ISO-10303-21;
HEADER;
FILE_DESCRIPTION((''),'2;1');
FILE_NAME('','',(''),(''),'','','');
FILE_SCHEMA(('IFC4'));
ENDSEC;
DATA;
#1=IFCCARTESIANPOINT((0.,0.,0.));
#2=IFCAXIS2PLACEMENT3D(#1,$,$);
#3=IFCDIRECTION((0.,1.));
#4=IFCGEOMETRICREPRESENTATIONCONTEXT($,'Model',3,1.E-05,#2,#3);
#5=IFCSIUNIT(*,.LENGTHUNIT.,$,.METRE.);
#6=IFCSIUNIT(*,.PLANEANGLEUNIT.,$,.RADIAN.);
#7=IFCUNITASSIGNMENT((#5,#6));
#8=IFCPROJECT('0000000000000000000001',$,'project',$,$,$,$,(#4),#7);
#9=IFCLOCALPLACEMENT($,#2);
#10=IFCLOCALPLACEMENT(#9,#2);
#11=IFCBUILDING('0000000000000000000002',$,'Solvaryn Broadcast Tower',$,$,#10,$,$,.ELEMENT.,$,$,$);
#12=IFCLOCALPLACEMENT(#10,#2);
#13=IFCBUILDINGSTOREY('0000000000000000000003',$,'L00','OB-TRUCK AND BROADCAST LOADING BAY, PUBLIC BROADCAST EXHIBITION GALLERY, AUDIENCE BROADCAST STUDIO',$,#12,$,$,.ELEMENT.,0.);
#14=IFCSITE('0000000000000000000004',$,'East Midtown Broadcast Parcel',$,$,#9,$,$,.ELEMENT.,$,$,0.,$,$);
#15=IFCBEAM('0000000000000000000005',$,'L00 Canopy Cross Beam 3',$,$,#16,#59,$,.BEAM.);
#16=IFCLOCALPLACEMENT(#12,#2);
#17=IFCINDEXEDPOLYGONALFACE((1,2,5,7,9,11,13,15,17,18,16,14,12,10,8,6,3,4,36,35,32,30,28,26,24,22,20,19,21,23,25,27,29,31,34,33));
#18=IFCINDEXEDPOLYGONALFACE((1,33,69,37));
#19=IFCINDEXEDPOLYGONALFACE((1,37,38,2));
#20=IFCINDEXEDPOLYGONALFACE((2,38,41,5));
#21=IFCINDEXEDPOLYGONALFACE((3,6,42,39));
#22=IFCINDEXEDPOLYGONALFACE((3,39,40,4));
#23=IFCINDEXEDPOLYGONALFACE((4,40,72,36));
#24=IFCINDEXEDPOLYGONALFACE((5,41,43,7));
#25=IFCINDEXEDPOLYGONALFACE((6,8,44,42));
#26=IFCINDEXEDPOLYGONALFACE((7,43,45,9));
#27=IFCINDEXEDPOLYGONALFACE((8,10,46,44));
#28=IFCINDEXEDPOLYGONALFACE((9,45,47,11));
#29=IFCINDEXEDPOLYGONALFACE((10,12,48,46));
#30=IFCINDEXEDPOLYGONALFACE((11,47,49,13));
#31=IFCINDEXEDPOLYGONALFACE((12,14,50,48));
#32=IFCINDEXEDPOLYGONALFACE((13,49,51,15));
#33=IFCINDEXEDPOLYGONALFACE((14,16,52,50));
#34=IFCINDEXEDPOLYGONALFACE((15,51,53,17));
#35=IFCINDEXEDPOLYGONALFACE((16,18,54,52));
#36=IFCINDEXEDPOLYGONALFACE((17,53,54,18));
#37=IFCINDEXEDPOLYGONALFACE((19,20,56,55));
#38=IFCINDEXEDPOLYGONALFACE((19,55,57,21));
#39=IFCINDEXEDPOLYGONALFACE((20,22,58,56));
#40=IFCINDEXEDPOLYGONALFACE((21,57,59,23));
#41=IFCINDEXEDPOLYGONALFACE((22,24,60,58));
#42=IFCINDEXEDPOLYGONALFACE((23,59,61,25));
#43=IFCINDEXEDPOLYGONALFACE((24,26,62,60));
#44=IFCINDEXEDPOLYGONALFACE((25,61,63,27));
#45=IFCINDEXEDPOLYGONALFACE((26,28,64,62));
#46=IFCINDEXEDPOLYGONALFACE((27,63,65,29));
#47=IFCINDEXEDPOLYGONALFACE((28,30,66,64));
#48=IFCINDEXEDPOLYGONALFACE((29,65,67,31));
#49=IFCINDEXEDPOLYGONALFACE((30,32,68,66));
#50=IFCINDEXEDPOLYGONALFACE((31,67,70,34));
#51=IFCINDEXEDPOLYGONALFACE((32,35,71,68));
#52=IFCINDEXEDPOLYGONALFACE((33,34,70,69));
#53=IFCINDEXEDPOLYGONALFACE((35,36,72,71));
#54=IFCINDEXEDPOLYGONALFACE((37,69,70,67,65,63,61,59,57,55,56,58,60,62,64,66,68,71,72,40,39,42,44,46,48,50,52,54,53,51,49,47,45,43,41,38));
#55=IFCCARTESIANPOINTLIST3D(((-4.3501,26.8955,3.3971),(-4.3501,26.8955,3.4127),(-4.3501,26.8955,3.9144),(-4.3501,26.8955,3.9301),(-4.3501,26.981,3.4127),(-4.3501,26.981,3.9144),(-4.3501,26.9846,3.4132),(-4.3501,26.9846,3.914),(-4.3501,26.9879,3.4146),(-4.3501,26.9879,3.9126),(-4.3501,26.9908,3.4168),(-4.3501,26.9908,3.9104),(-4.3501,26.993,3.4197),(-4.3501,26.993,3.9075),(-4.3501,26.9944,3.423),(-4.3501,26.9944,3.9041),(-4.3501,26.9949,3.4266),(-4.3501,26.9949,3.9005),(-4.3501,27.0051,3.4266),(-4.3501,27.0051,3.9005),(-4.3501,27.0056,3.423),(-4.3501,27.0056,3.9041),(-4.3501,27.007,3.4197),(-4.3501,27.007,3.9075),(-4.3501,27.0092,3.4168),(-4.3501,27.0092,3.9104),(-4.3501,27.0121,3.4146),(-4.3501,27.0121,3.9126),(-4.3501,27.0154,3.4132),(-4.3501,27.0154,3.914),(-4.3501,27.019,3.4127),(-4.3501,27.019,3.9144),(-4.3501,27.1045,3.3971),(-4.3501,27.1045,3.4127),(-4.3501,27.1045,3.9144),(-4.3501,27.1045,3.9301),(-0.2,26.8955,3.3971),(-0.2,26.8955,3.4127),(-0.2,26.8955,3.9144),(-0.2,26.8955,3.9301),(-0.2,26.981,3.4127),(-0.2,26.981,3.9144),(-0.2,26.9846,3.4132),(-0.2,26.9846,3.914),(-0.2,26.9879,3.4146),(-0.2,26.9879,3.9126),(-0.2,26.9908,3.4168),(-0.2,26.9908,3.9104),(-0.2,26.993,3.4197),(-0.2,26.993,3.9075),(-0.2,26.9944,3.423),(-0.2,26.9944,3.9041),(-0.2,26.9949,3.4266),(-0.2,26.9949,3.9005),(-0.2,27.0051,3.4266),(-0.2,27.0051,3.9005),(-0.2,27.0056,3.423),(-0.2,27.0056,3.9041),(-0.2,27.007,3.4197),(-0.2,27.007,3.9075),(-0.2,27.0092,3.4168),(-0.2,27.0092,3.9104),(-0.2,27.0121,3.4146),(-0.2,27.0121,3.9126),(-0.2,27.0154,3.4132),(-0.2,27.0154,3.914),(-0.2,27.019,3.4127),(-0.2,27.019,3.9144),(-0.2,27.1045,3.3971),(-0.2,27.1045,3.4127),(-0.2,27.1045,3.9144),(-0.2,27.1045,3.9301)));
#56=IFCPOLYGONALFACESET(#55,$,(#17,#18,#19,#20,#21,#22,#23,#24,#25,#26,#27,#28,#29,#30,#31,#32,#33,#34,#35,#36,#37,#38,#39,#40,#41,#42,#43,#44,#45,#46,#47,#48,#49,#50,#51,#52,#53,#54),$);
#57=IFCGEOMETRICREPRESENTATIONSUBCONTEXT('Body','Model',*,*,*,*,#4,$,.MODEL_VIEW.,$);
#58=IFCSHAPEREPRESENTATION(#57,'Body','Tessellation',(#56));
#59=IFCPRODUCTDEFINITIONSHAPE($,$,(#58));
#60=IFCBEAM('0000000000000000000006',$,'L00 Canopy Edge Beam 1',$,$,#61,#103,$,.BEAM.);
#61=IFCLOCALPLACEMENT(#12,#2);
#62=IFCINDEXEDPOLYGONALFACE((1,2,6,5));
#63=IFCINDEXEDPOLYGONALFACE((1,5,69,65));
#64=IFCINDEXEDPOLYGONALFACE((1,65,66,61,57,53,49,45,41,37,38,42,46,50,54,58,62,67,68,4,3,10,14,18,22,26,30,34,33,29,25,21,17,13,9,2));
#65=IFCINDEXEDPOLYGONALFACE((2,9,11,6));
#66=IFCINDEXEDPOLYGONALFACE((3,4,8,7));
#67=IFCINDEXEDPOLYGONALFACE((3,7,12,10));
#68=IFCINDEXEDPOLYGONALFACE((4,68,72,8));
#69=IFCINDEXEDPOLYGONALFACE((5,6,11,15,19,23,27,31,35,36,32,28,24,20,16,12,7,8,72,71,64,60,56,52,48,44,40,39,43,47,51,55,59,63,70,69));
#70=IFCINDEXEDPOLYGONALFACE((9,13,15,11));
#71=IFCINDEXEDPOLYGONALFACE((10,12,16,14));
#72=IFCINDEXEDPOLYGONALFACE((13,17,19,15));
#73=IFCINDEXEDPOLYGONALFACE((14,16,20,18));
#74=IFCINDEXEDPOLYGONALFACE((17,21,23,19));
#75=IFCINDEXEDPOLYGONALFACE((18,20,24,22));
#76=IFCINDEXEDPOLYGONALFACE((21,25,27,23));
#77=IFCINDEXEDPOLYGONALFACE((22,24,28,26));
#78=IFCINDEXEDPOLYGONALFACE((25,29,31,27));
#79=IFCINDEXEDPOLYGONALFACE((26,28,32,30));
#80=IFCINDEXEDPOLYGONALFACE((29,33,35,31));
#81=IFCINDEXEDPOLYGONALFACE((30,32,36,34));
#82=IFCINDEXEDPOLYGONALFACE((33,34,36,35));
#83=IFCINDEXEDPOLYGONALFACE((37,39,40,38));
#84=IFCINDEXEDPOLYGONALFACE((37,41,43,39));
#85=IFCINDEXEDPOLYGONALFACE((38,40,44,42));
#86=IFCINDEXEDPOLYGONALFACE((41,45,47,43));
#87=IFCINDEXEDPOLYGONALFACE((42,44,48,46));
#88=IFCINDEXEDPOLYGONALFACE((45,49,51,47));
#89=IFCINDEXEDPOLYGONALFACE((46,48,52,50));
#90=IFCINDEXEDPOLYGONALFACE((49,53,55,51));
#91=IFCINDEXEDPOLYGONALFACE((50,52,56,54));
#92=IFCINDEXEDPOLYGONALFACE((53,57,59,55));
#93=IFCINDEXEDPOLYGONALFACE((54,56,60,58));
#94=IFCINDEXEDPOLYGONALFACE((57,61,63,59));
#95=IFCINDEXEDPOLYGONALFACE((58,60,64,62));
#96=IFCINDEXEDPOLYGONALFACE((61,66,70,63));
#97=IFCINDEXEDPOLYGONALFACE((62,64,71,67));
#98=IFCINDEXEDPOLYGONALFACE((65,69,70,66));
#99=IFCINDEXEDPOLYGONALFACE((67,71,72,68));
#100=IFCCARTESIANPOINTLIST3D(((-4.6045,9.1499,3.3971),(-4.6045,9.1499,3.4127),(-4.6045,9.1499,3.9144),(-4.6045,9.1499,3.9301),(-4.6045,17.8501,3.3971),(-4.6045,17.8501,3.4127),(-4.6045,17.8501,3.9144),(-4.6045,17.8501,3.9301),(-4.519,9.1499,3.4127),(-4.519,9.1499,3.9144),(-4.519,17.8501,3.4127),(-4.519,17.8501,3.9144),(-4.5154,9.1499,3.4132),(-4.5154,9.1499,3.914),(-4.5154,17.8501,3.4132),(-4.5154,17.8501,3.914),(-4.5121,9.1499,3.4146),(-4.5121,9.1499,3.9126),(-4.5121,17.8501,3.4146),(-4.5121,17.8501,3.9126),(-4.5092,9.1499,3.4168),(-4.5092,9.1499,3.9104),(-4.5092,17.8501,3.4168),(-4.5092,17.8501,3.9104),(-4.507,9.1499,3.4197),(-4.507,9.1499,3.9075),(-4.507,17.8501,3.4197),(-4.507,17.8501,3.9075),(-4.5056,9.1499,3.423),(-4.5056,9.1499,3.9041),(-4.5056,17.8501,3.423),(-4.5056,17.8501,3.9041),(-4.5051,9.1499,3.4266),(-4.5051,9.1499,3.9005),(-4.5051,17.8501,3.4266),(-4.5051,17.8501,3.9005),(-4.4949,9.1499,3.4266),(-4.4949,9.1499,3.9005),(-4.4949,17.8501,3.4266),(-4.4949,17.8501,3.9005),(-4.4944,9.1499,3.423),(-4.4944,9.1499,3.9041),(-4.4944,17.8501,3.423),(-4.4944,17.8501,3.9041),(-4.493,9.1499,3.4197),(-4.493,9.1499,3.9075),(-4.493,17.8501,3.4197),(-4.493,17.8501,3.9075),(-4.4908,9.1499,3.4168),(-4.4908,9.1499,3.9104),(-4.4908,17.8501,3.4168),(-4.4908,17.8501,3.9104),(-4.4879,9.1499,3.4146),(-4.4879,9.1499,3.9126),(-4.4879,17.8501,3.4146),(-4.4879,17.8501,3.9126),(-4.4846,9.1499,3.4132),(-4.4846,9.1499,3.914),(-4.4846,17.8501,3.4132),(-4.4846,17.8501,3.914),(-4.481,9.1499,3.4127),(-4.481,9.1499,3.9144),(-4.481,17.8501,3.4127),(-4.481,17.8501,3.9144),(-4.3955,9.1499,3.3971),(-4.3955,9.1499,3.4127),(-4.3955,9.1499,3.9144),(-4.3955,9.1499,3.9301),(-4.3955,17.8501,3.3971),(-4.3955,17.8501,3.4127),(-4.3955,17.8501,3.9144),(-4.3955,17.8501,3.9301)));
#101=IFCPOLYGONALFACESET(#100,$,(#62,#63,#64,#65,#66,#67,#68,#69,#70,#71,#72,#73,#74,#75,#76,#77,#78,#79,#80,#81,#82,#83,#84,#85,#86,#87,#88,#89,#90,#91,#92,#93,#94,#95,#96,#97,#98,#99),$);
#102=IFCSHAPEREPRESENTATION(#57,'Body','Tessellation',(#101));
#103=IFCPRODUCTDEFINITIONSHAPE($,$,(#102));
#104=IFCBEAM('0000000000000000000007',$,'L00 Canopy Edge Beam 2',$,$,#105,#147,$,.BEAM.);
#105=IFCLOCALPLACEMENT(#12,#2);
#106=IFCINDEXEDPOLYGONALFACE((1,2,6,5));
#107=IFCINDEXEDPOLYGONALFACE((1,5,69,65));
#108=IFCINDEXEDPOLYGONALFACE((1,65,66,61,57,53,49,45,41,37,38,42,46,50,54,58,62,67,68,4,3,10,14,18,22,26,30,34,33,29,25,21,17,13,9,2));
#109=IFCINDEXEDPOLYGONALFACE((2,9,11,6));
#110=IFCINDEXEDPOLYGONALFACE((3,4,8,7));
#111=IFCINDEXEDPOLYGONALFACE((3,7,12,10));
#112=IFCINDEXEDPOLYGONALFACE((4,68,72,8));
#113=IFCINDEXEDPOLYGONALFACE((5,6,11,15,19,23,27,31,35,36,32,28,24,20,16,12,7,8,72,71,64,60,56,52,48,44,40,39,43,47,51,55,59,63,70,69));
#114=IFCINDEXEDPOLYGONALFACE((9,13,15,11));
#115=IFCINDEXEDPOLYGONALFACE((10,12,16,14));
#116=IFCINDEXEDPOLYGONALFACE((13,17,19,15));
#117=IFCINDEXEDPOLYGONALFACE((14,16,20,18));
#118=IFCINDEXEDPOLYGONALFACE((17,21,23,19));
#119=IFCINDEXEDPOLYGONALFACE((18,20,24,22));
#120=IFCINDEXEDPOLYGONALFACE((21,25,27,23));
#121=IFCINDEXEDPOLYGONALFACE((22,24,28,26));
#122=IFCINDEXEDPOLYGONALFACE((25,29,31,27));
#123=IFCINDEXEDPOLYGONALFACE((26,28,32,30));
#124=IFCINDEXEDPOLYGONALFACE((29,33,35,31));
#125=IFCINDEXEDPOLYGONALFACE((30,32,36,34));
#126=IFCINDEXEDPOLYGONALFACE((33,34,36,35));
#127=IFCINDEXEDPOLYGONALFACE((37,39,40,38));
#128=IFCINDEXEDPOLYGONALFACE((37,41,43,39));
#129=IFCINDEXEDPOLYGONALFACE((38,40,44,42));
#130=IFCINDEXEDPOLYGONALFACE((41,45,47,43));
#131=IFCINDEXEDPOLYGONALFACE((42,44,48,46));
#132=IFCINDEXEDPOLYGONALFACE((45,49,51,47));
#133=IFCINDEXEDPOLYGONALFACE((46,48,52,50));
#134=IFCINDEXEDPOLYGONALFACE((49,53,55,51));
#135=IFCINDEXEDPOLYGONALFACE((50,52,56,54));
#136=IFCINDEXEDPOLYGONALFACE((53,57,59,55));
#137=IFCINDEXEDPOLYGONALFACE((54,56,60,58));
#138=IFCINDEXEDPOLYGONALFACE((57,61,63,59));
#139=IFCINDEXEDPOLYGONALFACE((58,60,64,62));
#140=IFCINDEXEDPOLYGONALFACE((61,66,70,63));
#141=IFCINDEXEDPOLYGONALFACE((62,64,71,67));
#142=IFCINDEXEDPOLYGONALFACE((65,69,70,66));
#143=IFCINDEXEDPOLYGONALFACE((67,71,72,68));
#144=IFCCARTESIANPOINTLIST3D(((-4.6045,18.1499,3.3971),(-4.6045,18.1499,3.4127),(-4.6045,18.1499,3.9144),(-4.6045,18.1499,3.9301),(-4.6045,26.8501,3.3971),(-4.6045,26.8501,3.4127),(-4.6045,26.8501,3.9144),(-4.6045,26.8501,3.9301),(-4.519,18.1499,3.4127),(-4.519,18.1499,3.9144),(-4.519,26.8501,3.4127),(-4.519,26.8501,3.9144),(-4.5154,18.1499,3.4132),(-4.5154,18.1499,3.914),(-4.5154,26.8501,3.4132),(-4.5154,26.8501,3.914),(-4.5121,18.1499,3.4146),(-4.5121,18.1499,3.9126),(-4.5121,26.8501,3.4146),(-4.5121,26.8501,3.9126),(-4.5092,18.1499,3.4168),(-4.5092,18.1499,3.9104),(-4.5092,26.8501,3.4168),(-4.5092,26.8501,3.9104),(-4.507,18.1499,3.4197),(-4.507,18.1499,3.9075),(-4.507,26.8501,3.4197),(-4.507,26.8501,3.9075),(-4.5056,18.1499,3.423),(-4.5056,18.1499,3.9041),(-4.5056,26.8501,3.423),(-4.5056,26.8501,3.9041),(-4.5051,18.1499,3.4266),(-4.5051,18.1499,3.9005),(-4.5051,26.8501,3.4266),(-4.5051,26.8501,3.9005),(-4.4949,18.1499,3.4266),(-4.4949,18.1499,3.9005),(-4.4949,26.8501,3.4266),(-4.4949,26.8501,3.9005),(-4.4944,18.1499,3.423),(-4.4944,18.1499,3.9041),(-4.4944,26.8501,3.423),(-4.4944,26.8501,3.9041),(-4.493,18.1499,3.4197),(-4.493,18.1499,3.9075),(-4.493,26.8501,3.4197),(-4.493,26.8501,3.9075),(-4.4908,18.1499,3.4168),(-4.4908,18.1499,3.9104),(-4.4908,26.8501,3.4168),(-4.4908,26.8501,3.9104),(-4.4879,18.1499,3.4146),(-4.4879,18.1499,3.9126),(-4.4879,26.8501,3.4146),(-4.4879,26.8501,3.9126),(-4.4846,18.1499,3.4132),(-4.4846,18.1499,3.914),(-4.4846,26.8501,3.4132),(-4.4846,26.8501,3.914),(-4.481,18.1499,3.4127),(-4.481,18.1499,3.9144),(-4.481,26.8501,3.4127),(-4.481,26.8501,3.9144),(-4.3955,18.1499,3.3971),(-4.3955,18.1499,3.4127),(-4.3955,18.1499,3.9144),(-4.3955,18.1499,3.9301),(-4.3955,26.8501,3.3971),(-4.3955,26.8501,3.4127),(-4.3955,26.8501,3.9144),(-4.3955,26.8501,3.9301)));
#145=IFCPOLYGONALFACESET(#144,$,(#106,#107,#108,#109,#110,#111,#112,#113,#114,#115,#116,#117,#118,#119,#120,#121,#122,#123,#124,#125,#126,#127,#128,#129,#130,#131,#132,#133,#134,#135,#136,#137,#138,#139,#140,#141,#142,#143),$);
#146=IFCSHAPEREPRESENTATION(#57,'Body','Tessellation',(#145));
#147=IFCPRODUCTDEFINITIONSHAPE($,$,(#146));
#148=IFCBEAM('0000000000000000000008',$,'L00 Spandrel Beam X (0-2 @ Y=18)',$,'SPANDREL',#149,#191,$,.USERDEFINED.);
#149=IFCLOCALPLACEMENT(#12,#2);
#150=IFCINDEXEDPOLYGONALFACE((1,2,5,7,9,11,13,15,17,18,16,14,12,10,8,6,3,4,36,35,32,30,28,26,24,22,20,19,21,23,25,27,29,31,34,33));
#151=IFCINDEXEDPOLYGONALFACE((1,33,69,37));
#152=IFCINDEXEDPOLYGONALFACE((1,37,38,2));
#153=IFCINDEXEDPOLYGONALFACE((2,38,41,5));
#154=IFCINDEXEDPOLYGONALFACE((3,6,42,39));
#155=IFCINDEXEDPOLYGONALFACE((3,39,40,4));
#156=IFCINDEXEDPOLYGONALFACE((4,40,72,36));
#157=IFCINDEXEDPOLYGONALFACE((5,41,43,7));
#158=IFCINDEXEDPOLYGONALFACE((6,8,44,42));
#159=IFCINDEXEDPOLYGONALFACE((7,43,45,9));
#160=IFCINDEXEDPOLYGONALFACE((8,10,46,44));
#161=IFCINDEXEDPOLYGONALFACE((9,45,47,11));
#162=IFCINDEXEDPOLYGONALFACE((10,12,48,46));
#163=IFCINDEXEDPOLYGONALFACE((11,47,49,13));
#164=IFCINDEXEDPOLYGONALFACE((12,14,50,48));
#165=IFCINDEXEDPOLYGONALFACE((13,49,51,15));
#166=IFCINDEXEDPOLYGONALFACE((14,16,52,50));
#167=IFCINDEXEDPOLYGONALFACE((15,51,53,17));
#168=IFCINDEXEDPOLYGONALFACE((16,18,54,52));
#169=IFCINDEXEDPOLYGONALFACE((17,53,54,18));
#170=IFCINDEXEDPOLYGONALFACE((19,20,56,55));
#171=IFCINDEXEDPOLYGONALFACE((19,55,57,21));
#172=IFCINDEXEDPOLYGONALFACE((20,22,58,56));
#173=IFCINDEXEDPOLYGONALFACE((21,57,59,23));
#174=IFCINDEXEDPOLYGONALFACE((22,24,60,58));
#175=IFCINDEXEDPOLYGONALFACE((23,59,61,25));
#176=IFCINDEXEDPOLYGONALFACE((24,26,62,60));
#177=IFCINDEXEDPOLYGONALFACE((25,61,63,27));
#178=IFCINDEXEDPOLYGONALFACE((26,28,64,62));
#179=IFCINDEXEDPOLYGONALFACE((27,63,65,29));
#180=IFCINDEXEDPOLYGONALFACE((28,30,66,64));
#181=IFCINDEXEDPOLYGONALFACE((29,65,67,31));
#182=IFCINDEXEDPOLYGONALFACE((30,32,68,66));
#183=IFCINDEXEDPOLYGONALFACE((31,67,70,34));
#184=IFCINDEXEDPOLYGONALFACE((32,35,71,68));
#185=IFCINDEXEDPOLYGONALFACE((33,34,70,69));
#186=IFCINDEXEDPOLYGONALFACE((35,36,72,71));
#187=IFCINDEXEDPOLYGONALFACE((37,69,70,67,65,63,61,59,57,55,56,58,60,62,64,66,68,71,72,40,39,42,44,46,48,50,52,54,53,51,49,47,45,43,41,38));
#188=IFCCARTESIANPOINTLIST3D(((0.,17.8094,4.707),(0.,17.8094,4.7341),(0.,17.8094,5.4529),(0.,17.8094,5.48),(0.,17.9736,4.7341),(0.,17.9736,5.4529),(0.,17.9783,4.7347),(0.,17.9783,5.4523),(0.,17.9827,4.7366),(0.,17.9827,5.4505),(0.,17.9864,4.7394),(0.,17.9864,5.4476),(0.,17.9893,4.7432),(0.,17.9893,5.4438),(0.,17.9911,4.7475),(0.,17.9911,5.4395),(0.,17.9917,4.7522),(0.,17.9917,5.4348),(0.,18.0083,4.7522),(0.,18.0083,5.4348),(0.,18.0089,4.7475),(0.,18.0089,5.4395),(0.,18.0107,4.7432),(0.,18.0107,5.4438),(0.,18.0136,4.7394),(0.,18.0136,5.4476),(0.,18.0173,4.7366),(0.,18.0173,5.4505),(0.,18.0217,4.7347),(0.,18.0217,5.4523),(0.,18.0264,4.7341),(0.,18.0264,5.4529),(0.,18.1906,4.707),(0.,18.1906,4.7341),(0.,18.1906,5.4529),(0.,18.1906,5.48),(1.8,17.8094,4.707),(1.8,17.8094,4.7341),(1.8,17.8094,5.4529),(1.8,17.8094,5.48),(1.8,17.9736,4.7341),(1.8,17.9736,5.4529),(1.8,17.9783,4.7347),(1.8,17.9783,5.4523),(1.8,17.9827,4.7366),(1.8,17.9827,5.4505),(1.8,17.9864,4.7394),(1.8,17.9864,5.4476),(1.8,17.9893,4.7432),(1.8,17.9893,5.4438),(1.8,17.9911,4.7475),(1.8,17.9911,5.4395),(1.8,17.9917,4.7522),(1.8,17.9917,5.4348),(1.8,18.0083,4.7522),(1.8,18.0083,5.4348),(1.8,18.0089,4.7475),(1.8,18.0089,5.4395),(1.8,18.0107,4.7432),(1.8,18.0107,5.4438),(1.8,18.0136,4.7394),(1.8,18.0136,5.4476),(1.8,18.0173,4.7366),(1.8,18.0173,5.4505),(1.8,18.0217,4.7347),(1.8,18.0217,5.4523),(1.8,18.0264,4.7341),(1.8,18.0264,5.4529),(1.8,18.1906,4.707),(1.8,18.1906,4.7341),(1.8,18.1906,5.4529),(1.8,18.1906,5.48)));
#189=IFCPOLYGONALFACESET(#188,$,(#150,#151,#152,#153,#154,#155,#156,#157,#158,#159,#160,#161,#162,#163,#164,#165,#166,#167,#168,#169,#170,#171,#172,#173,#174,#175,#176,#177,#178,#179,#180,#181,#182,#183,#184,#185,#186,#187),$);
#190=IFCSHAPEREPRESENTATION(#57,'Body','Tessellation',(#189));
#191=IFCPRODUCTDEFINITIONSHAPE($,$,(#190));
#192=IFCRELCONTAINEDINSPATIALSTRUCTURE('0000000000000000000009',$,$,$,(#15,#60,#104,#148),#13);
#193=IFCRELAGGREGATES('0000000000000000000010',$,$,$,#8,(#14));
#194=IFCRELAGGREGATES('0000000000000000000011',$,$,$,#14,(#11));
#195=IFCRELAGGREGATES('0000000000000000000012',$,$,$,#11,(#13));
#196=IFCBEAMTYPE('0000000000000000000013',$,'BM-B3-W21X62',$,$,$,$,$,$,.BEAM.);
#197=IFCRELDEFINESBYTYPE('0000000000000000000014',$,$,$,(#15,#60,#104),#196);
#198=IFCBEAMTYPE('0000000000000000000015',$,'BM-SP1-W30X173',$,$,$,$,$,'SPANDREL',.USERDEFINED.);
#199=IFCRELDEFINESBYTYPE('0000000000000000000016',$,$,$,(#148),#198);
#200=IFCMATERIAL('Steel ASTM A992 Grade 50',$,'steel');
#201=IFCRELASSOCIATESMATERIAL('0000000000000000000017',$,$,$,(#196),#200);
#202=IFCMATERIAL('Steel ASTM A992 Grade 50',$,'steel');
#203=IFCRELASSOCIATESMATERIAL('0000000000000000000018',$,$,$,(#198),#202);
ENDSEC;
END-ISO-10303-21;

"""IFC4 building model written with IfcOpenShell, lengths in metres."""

from ifc_helpers import new_model, si_unit, direction, frame, origin, origin_2d, place, context, subcontext, project, spatial, i_section, extrude, material, material_profile, profile_set, type_object, element, save


model = new_model("IFC4")

# Units and contexts
model_context = context("Model", 3, precision=1e-05, world=origin(), true_north=direction((0.0, 1.0)))
body_context = subcontext(model_context, "Body", "Model", "MODEL_VIEW")
ifc_project = project(units=[si_unit("LENGTHUNIT", "METRE"), si_unit("PLANEANGLEUNIT", "RADIAN")], contexts=[model_context])

# Site, building, storey
site_placement = place(None, origin())
site = spatial("IfcSite", under=ifc_project, at=site_placement, Name="East Midtown Broadcast Parcel", CompositionType="ELEMENT", RefElevation=0.0)
building_placement = place(site_placement, origin())
building = spatial("IfcBuilding", under=site, at=building_placement, Name="Solvaryn Broadcast Tower", CompositionType="ELEMENT")
storey_placement = place(building_placement, origin())
storey = spatial("IfcBuildingStorey", under=building, at=storey_placement, Name="L00", Description="OB-TRUCK AND BROADCAST LOADING BAY, PUBLIC BROADCAST EXHIBITION GALLERY, AUDIENCE BROADCAST STUDIO", CompositionType="ELEMENT", Elevation=0.0)

# Beams
ifc_material_1 = material(Name="Steel ASTM A992 Grade 50", Category="steel")
ifc_material_profile_1 = material_profile(ifc_material_1, i_section(OverallWidth=0.209, OverallDepth=0.533, WebThickness=0.0103, FlangeThickness=0.0156, FilletRadius=0.0139, at=origin_2d()))
ifc_profile_set_1 = profile_set([ifc_material_profile_1], Name="Steel ASTM A992 Grade 50")
beam_type_1 = type_object("IfcBeamType", Name="BM-B3-W21X62", PredefinedType="BEAM", material=ifc_profile_set_1)
for number, where, z_axis, x_axis, name in (
    (1, (-4.3501, 27.0, 3.6636), (1.0, 0.0, 0.0), (0.0, 1.0, 0.0), "L00 Canopy Cross Beam 3"),
):
    element("IfcBeam", number, at=place(storey_placement, frame(where, z_axis=z_axis, x_axis=x_axis)), inside=storey, type_object=beam_type_1, Name=name, PredefinedType="BEAM", context=body_context, shape_type="SweptSolid", body=[
        extrude(i_section(OverallWidth=0.209, OverallDepth=0.533, WebThickness=0.0103, FlangeThickness=0.0156, FilletRadius=0.0139, at=origin_2d()), origin(), (0.0, 0.0, 1.0), 4.1501),
    ])
for number, where, z_axis, x_axis, name in (
    (2, (-4.5, 9.1499, 3.6636), (0.0, 1.0, 0.0), (-1.0, 0.0, 0.0), "L00 Canopy Edge Beam 1"),
    (3, (-4.5, 18.1499, 3.6636), (0.0, 1.0, 0.0), (-1.0, 0.0, 0.0), "L00 Canopy Edge Beam 2"),
):
    element("IfcBeam", number, at=place(storey_placement, frame(where, z_axis=z_axis, x_axis=x_axis)), inside=storey, type_object=beam_type_1, Name=name, PredefinedType="BEAM", context=body_context, shape_type="SweptSolid", body=[
        extrude(i_section(OverallWidth=0.209, OverallDepth=0.533, WebThickness=0.0103, FlangeThickness=0.0156, FilletRadius=0.0139, at=origin_2d()), origin(), (0.0, 0.0, 1.0), 8.7002),
    ])
ifc_material_2 = material(Name="Steel ASTM A992 Grade 50", Category="steel")
ifc_material_profile_2 = material_profile(ifc_material_2, i_section(OverallWidth=0.3811, OverallDepth=0.7729, WebThickness=0.0166, FlangeThickness=0.0271, FilletRadius=0.0181, at=origin_2d()))
ifc_profile_set_2 = profile_set([ifc_material_profile_2], Name="Steel ASTM A992 Grade 50")
beam_type_2 = type_object("IfcBeamType", Name="BM-SP1-W30X173", ElementType="SPANDREL", PredefinedType="USERDEFINED", material=ifc_profile_set_2)
for number, where, z_axis, x_axis, name in (
    (4, (0.0, 18.0, 5.0935), (1.0, 0.0, 0.0), (0.0, 1.0, 0.0), "L00 Spandrel Beam X (0-2 @ Y=18)"),
):
    element("IfcBeam", number, at=place(storey_placement, frame(where, z_axis=z_axis, x_axis=x_axis)), inside=storey, type_object=beam_type_2, Name=name, ObjectType="SPANDREL", PredefinedType="USERDEFINED", context=body_context, shape_type="SweptSolid", body=[
        extrude(i_section(OverallWidth=0.3811, OverallDepth=0.7729, WebThickness=0.0166, FlangeThickness=0.0271, FilletRadius=0.0181, at=origin_2d()), origin(), (0.0, 0.0, 1.0), 1.8),
    ])

save(model, "model.ifc")
